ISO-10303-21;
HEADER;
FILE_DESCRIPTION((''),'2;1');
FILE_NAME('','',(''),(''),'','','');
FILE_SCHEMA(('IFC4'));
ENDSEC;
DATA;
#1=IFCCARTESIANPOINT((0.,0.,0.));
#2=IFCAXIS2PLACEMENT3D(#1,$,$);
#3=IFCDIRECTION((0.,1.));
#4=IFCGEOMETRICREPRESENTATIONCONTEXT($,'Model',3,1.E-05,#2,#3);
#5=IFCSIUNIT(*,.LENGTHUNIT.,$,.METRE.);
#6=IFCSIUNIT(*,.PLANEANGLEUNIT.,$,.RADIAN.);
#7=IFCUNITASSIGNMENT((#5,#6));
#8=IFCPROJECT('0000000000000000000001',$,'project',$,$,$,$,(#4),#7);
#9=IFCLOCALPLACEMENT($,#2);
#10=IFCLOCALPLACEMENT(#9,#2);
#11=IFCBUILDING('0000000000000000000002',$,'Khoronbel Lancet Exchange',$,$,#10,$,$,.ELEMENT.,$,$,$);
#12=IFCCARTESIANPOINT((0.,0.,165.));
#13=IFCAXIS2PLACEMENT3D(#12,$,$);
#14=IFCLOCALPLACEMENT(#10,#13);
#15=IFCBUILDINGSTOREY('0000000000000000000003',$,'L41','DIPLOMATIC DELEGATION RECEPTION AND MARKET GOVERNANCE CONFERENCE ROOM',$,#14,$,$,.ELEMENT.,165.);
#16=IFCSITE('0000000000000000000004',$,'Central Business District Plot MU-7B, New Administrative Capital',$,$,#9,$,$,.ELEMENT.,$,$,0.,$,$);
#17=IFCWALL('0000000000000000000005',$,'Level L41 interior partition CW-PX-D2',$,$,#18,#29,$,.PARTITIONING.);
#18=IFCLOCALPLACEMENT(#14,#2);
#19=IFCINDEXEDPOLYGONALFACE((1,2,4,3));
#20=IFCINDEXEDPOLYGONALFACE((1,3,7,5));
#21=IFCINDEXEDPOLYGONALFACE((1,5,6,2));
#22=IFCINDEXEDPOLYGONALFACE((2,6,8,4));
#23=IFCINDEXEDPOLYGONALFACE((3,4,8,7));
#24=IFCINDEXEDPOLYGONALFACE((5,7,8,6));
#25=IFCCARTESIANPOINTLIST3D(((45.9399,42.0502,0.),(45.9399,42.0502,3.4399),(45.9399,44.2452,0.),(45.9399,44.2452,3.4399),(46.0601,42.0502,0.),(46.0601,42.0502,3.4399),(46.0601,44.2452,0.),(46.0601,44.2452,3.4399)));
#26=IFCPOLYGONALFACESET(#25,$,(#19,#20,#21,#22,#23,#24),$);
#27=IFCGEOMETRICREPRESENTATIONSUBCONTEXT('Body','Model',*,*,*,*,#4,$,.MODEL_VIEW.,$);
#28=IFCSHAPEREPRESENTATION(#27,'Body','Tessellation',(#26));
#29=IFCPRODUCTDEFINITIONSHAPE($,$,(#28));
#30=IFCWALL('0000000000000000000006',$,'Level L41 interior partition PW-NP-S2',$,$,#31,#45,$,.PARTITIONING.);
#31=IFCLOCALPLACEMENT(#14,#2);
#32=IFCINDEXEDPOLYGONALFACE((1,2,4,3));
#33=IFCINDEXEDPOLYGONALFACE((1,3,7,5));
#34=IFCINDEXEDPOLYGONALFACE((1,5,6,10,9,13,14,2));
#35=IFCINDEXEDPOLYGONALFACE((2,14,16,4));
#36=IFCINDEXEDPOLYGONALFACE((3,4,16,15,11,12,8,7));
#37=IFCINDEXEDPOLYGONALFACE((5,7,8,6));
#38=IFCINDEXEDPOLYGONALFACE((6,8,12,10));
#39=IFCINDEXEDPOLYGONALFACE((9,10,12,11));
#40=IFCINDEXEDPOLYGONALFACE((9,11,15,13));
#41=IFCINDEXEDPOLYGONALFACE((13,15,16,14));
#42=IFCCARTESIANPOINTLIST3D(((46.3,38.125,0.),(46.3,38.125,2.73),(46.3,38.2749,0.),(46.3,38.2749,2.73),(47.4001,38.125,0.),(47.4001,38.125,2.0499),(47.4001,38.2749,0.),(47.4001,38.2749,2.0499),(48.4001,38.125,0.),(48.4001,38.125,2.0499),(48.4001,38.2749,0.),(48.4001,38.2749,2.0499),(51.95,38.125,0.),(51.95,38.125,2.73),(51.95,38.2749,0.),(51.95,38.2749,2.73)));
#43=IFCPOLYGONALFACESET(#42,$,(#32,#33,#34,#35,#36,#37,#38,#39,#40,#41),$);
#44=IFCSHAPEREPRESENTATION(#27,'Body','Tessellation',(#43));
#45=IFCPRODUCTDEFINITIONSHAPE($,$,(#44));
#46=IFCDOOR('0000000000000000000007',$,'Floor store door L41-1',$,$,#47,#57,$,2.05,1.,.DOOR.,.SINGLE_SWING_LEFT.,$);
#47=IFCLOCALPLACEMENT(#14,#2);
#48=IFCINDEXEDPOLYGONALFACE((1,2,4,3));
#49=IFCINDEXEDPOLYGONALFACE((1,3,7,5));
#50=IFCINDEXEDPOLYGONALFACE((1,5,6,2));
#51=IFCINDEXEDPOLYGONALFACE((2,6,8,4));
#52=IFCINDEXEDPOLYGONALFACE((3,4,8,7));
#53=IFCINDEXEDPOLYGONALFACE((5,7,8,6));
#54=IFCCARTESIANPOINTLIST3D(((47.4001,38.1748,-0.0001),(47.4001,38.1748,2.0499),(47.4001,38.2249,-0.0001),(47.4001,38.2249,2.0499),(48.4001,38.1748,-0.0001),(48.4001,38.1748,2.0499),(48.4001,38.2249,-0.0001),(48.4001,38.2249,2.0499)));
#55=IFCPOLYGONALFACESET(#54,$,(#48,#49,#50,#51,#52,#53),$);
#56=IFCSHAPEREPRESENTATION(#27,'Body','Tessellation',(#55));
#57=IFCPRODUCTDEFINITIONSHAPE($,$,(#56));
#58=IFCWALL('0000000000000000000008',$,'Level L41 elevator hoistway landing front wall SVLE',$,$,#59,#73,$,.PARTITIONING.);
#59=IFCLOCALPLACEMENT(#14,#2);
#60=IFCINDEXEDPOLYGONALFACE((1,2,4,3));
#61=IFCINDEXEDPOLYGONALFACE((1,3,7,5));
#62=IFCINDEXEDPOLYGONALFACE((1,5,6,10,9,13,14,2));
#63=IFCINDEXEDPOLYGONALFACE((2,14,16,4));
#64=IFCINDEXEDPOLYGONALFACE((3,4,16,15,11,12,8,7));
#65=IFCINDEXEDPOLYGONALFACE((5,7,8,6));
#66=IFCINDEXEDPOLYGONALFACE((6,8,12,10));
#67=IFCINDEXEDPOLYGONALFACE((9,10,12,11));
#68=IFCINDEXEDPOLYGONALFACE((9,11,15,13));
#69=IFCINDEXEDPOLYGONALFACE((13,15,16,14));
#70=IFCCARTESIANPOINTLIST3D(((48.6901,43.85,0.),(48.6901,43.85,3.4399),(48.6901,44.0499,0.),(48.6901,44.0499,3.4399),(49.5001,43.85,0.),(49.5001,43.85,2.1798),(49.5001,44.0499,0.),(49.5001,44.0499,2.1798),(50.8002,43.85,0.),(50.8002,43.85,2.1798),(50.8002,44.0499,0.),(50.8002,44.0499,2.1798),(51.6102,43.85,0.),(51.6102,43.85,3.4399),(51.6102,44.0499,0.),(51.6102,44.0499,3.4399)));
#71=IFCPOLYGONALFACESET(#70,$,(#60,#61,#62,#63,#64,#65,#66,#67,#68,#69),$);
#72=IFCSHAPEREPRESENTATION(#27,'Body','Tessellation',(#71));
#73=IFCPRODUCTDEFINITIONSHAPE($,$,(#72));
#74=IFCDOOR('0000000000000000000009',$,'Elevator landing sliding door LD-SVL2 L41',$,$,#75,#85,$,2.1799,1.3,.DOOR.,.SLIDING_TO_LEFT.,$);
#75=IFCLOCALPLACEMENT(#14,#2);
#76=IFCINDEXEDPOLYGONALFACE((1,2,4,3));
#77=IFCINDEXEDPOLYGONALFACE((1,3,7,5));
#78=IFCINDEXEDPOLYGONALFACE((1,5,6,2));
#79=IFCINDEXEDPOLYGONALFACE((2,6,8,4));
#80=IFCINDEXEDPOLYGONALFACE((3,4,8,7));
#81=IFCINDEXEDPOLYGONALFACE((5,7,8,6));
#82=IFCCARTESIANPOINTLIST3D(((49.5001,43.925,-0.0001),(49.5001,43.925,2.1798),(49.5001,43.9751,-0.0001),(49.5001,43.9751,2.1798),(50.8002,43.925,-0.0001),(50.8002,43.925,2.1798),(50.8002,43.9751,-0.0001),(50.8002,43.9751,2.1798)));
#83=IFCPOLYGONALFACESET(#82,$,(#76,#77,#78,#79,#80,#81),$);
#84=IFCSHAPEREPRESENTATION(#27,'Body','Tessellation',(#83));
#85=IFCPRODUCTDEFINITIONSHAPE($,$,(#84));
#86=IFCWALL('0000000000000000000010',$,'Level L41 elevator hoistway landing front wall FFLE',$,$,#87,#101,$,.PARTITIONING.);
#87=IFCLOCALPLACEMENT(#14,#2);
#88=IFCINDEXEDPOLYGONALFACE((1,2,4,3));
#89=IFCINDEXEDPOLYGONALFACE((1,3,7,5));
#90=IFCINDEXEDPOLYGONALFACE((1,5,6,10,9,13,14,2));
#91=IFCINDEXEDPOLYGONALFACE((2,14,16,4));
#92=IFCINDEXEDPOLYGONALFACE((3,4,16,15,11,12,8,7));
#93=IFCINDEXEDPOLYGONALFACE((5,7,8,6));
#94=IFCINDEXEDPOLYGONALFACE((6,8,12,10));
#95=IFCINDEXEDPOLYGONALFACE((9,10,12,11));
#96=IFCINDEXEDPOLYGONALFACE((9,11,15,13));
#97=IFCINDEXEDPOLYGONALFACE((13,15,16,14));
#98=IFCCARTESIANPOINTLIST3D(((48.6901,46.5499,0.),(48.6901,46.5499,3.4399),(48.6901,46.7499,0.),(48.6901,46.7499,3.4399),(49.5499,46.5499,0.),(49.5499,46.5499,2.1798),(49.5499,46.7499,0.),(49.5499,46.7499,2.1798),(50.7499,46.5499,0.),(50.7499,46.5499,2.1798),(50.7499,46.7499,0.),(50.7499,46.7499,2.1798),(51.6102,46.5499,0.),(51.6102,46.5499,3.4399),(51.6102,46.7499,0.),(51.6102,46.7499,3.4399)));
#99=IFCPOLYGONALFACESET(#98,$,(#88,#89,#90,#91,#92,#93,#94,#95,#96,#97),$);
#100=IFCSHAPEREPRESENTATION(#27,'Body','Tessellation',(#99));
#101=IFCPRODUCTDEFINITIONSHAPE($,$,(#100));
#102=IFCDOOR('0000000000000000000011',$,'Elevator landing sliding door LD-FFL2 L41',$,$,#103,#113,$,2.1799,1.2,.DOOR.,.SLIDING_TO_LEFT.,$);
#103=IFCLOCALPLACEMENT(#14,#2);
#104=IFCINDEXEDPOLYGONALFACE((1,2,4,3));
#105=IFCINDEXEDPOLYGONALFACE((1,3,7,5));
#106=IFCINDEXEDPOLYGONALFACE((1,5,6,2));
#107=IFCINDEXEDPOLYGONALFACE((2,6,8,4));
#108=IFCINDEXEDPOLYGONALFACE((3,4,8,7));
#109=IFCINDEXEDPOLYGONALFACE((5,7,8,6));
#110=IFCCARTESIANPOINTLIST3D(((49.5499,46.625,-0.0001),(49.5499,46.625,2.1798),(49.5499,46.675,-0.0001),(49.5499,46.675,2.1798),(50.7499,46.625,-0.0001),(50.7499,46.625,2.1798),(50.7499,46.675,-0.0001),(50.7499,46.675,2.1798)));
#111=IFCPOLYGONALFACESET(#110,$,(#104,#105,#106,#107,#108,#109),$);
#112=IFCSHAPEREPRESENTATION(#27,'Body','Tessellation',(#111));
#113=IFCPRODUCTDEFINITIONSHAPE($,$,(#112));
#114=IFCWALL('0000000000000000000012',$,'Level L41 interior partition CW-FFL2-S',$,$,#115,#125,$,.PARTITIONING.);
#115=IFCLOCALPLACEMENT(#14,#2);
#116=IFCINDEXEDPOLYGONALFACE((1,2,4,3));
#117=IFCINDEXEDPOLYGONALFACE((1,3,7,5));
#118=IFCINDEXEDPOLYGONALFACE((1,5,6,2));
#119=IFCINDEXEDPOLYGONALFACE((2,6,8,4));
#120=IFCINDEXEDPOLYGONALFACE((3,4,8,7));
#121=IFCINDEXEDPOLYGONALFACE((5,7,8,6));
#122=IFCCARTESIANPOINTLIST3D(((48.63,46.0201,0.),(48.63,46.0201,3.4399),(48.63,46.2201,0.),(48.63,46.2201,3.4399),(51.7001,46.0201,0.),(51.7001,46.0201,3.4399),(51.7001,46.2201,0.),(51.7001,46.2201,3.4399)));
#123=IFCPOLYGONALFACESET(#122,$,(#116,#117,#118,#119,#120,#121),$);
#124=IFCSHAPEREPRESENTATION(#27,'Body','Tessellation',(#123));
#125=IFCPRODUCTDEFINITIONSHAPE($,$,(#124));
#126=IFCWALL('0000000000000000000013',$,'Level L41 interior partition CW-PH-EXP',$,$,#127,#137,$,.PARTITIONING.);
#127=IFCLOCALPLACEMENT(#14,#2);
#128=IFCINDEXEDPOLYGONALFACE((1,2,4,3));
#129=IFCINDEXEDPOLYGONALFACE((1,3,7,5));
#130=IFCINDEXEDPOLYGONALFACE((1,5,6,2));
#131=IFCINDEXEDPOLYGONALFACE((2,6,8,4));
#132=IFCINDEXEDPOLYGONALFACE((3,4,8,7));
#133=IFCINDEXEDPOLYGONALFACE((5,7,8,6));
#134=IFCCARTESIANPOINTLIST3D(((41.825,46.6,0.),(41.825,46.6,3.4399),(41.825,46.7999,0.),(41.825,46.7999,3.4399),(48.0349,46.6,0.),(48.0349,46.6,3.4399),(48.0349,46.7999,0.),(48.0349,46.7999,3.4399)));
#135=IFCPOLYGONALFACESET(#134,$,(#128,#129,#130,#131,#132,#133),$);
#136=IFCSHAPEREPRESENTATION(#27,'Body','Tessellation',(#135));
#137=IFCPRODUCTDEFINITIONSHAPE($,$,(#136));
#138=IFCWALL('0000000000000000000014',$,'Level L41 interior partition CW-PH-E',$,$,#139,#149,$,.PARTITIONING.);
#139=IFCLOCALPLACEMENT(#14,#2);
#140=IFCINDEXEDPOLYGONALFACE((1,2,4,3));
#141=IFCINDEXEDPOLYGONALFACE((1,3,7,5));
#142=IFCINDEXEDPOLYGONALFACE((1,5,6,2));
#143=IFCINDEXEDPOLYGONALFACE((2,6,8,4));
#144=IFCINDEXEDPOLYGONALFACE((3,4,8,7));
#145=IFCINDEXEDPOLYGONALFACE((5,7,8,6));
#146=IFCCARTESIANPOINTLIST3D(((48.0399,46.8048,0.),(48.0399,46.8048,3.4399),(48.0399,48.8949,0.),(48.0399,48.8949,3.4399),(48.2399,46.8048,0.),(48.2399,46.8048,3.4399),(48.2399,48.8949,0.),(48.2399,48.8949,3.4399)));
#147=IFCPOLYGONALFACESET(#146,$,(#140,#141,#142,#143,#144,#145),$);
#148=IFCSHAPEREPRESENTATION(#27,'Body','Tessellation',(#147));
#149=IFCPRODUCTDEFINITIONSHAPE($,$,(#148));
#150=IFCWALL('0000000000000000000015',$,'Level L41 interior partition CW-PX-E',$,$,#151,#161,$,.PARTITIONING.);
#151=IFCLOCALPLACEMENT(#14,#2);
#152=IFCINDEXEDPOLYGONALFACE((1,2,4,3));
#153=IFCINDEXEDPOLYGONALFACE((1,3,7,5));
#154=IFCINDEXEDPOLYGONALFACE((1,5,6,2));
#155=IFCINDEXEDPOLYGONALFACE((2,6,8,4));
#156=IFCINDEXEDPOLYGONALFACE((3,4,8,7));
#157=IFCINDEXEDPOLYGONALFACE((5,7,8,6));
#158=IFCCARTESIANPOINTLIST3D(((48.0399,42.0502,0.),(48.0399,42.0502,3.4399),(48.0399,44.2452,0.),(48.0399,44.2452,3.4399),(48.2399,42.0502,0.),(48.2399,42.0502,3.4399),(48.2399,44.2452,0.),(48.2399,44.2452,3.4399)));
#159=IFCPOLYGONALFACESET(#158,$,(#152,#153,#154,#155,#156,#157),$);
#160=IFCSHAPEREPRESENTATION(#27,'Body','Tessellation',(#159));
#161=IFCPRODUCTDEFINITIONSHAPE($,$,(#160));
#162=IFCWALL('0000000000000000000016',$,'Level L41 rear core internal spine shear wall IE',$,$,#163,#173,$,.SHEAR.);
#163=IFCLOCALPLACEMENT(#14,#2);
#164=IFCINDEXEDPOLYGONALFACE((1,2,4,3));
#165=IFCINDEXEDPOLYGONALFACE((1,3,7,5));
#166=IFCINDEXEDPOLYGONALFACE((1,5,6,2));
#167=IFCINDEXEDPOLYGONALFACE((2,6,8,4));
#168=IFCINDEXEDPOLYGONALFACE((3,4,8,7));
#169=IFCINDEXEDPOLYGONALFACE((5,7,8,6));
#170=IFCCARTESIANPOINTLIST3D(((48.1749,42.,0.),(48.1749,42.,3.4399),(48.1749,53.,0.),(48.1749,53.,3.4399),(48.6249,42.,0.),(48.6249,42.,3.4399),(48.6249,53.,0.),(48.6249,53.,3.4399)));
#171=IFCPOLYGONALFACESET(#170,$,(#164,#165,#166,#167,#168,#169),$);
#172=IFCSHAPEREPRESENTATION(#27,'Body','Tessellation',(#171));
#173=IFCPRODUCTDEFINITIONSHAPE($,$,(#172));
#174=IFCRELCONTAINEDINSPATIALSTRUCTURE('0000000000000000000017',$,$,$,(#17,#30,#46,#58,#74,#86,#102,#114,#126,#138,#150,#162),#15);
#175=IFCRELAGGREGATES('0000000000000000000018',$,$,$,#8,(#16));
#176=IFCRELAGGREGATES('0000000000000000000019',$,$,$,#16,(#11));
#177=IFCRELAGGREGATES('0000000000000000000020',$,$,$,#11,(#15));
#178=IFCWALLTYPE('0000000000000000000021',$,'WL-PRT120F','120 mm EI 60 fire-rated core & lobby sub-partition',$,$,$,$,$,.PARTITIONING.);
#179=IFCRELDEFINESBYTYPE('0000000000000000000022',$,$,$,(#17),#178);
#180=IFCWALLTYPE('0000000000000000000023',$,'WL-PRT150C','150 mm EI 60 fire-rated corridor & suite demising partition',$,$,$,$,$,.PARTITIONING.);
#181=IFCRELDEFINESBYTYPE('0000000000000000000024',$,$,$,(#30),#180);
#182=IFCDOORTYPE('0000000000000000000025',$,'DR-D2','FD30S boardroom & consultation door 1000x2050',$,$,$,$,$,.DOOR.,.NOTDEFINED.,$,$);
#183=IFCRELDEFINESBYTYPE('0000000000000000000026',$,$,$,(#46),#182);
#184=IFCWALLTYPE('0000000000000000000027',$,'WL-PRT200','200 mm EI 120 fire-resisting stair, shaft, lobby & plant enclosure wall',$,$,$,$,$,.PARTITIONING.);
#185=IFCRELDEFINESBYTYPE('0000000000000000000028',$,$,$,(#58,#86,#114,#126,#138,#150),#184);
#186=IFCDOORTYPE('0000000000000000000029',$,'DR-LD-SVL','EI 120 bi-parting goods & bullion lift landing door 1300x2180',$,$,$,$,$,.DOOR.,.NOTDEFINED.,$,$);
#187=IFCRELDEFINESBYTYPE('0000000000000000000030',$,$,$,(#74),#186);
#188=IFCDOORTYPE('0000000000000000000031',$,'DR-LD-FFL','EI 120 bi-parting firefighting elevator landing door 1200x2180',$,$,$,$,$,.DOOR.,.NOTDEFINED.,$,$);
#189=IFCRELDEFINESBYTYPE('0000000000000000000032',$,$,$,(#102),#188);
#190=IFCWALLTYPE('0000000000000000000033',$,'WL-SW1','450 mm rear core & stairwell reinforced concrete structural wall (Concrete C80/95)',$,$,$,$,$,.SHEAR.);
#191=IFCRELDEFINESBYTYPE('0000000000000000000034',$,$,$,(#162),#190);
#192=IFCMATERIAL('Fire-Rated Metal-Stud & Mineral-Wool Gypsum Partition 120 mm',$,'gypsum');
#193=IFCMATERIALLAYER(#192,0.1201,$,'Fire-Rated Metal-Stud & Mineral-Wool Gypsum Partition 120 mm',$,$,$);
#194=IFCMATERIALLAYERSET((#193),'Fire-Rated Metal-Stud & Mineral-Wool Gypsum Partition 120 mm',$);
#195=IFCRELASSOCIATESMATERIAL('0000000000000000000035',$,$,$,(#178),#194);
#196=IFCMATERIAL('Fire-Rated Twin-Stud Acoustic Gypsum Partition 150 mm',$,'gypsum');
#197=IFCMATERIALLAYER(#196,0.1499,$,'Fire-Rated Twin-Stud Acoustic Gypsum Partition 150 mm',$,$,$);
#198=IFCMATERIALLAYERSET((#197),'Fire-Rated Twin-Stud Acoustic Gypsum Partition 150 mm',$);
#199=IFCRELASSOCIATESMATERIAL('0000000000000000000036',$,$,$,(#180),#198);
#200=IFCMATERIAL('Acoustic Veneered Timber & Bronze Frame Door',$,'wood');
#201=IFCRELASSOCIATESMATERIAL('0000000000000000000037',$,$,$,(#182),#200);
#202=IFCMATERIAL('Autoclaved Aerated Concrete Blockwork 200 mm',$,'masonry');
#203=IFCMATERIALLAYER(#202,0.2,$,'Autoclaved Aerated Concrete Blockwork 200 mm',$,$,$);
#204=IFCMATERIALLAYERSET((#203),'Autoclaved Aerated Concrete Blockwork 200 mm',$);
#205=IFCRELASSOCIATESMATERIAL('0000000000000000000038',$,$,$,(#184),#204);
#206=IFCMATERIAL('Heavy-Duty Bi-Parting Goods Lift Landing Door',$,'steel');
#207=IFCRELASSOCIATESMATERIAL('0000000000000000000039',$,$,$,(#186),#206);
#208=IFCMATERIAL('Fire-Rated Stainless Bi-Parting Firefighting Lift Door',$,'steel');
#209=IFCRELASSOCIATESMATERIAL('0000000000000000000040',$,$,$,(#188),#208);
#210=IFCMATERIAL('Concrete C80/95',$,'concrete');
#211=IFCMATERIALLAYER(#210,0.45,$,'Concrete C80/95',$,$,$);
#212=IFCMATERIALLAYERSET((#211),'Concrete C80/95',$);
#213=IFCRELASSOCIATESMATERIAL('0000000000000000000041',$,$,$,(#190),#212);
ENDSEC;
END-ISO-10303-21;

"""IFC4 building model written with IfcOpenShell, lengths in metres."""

from ifc_helpers import new_model, si_unit, direction, frame, frame_2d, origin, place, context, subcontext, project, spatial, rectangle, extrude, material, layer, layer_set, type_object, element, fill, save


model = new_model("IFC4")

# Units and contexts
model_context = context("Model", 3, precision=1e-05, world=origin(), true_north=direction((0.0, 1.0)))
body_context = subcontext(model_context, "Body", "Model", "MODEL_VIEW")
ifc_project = project(units=[si_unit("LENGTHUNIT", "METRE"), si_unit("PLANEANGLEUNIT", "RADIAN")], contexts=[model_context])

# Site, building, storey
site_placement = place(None, origin())
site = spatial("IfcSite", under=ifc_project, at=site_placement, Name="Central Business District Plot MU-7B, New Administrative Capital", CompositionType="ELEMENT", RefElevation=0.0)
building_placement = place(site_placement, origin())
building = spatial("IfcBuilding", under=site, at=building_placement, Name="Khoronbel Lancet Exchange", CompositionType="ELEMENT")
storey_placement = place(building_placement, frame((0.0, 0.0, 165.0)))
storey = spatial("IfcBuildingStorey", under=building, at=storey_placement, Name="L41", Description="DIPLOMATIC DELEGATION RECEPTION AND MARKET GOVERNANCE CONFERENCE ROOM", CompositionType="ELEMENT", Elevation=165.0)

# Wall
ifc_material_1 = material(Name="Fire-Rated Metal-Stud & Mineral-Wool Gypsum Partition 120 mm", Category="gypsum")
ifc_layer_1 = layer(ifc_material_1, 0.1201, Name="Fire-Rated Metal-Stud & Mineral-Wool Gypsum Partition 120 mm")
ifc_layer_set_1 = layer_set([ifc_layer_1], Name="Fire-Rated Metal-Stud & Mineral-Wool Gypsum Partition 120 mm")
wall_type_1 = type_object("IfcWallType", Name="WL-PRT120F", Description="120 mm EI 60 fire-rated core & lobby sub-partition", PredefinedType="PARTITIONING", material=ifc_layer_set_1)
for number, where, z_axis, x_axis, name in (
    (1, (46.0, 42.05, 0.0), (0.0, 0.0, 1.0), (0.0, 1.0, 0.0), "Level L41 interior partition CW-PX-D2"),
):
    element("IfcWall", number, at=place(storey_placement, frame(where, z_axis=z_axis, x_axis=x_axis)), inside=storey, type_object=wall_type_1, Name=name, PredefinedType="PARTITIONING", context=body_context, shape_type="SweptSolid", body=[
        extrude(rectangle(XDim=2.1951, YDim=0.1201, at=frame_2d((1.0977, 0.0))), origin(), (0.0, 0.0, 1.0), 3.4399),
    ])

# Walls, openings, doors
ifc_material_2 = material(Name="Fire-Rated Twin-Stud Acoustic Gypsum Partition 150 mm", Category="gypsum")
ifc_layer_2 = layer(ifc_material_2, 0.1499, Name="Fire-Rated Twin-Stud Acoustic Gypsum Partition 150 mm")
ifc_layer_set_2 = layer_set([ifc_layer_2], Name="Fire-Rated Twin-Stud Acoustic Gypsum Partition 150 mm")
wall_type_2 = type_object("IfcWallType", Name="WL-PRT150C", Description="150 mm EI 60 fire-rated corridor & suite demising partition", PredefinedType="PARTITIONING", material=ifc_layer_set_2)
wall_1_placement = place(storey_placement, frame((46.3, 38.2, 0.0), z_axis=(0.0, 0.0, 1.0), x_axis=(1.0, 0.0, 0.0)))
wall_1 = element("IfcWall", 2, at=wall_1_placement, inside=storey, type_object=wall_type_2, Name="Level L41 interior partition PW-NP-S2", PredefinedType="PARTITIONING", context=body_context, shape_type="SweptSolid", body=[
    extrude(rectangle(XDim=5.6499, YDim=0.1499, at=frame_2d((2.825, 0.0))), origin(), (0.0, 0.0, 1.0), 2.73),
])
opening_1_placement = place(wall_1_placement, frame((1.1001, 0.0, 0.0)))
opening_1 = element("IfcOpeningElement", 3, at=opening_1_placement, cuts=wall_1, PredefinedType="OPENING", context=body_context, shape_type="SweptSolid", body=[
    extrude(rectangle(XDim=1.0, YDim=2.05, at=frame_2d((0.5, 1.0249))), frame((0.0, 0.085, 0.0), z_axis=(0.0, -1.0, 0.0), x_axis=(1.0, 0.0, 0.0)), (0.0, 0.0, 1.0), 0.1699),
])
ifc_material_3 = material(Name="Acoustic Veneered Timber & Bronze Frame Door", Category="wood")
door_type_1 = type_object("IfcDoorType", Name="DR-D2", Description="FD30S boardroom & consultation door 1000x2050", OperationType="NOTDEFINED", PredefinedType="DOOR", material=ifc_material_3)
door_1_placement = place(opening_1_placement, origin())
door_1 = element("IfcDoor", 4, at=door_1_placement, inside=storey, type_object=door_type_1, Name="Floor store door L41-1", OperationType="SINGLE_SWING_LEFT", OverallHeight=2.05, OverallWidth=1.0, PredefinedType="DOOR", context=body_context, shape_type="SweptSolid", body=[
    extrude(rectangle(XDim=1.0, YDim=2.05, at=frame_2d((0.5, 1.0249))), frame((0.0, 0.0249, 0.0), z_axis=(0.0, -1.0, 0.0), x_axis=(1.0, 0.0, 0.0)), (0.0, 0.0, 1.0), 0.05),
])
fill(opening_1, door_1)
ifc_material_4 = material(Name="Autoclaved Aerated Concrete Blockwork 200 mm", Category="masonry")
ifc_layer_3 = layer(ifc_material_4, 0.2, Name="Autoclaved Aerated Concrete Blockwork 200 mm")
ifc_layer_set_3 = layer_set([ifc_layer_3], Name="Autoclaved Aerated Concrete Blockwork 200 mm")
wall_type_3 = type_object("IfcWallType", Name="WL-PRT200", Description="200 mm EI 120 fire-resisting stair, shaft, lobby & plant enclosure wall", PredefinedType="PARTITIONING", material=ifc_layer_set_3)
wall_2_placement = place(storey_placement, frame((51.6101, 43.95, 0.0), z_axis=(0.0, 0.0, 1.0), x_axis=(-1.0, 0.0, 0.0)))
wall_2 = element("IfcWall", 5, at=wall_2_placement, inside=storey, type_object=wall_type_3, Name="Level L41 elevator hoistway landing front wall SVLE", PredefinedType="PARTITIONING", context=body_context, shape_type="SweptSolid", body=[
    extrude(rectangle(XDim=2.9202, YDim=0.2, at=frame_2d((1.46, 0.0))), origin(), (0.0, 0.0, 1.0), 3.4399),
])
opening_2_placement = place(wall_2_placement, frame((0.8101, 0.0, 0.0)))
opening_2 = element("IfcOpeningElement", 6, at=opening_2_placement, cuts=wall_2, PredefinedType="OPENING", context=body_context, shape_type="SweptSolid", body=[
    extrude(rectangle(XDim=1.3, YDim=2.1799, at=frame_2d((0.6499, 1.0898))), frame((0.0, 0.1099, 0.0), z_axis=(0.0, -1.0, 0.0), x_axis=(1.0, 0.0, 0.0)), (0.0, 0.0, 1.0), 0.22),
])
ifc_material_5 = material(Name="Heavy-Duty Bi-Parting Goods Lift Landing Door", Category="steel")
door_type_2 = type_object("IfcDoorType", Name="DR-LD-SVL", Description="EI 120 bi-parting goods & bullion lift landing door 1300x2180", OperationType="NOTDEFINED", PredefinedType="DOOR", material=ifc_material_5)
door_2_placement = place(opening_2_placement, origin())
door_2 = element("IfcDoor", 7, at=door_2_placement, inside=storey, type_object=door_type_2, Name="Elevator landing sliding door LD-SVL2 L41", OperationType="SLIDING_TO_LEFT", OverallHeight=2.1799, OverallWidth=1.3, PredefinedType="DOOR", context=body_context, shape_type="SweptSolid", body=[
    extrude(rectangle(XDim=1.3, YDim=2.1799, at=frame_2d((0.6499, 1.0898))), frame((0.0, 0.0249, 0.0), z_axis=(0.0, -1.0, 0.0), x_axis=(1.0, 0.0, 0.0)), (0.0, 0.0, 1.0), 0.05),
])
fill(opening_2, door_2)
wall_3_placement = place(storey_placement, frame((51.6101, 46.6499, 0.0), z_axis=(0.0, 0.0, 1.0), x_axis=(-1.0, 0.0, 0.0)))
wall_3 = element("IfcWall", 8, at=wall_3_placement, inside=storey, type_object=wall_type_3, Name="Level L41 elevator hoistway landing front wall FFLE", PredefinedType="PARTITIONING", context=body_context, shape_type="SweptSolid", body=[
    extrude(rectangle(XDim=2.9202, YDim=0.2, at=frame_2d((1.46, 0.0))), origin(), (0.0, 0.0, 1.0), 3.4399),
])
opening_3_placement = place(wall_3_placement, frame((0.8601, 0.0, 0.0)))
opening_3 = element("IfcOpeningElement", 9, at=opening_3_placement, cuts=wall_3, PredefinedType="OPENING", context=body_context, shape_type="SweptSolid", body=[
    extrude(rectangle(XDim=1.2, YDim=2.1799, at=frame_2d((0.6001, 1.0898))), frame((0.0, 0.1099, 0.0), z_axis=(0.0, -1.0, 0.0), x_axis=(1.0, 0.0, 0.0)), (0.0, 0.0, 1.0), 0.22),
])
ifc_material_6 = material(Name="Fire-Rated Stainless Bi-Parting Firefighting Lift Door", Category="steel")
door_type_3 = type_object("IfcDoorType", Name="DR-LD-FFL", Description="EI 120 bi-parting firefighting elevator landing door 1200x2180", OperationType="NOTDEFINED", PredefinedType="DOOR", material=ifc_material_6)
door_3_placement = place(opening_3_placement, origin())
door_3 = element("IfcDoor", 10, at=door_3_placement, inside=storey, type_object=door_type_3, Name="Elevator landing sliding door LD-FFL2 L41", OperationType="SLIDING_TO_LEFT", OverallHeight=2.1799, OverallWidth=1.2, PredefinedType="DOOR", context=body_context, shape_type="SweptSolid", body=[
    extrude(rectangle(XDim=1.2, YDim=2.1799, at=frame_2d((0.6001, 1.0898))), frame((0.0, 0.0249, 0.0), z_axis=(0.0, -1.0, 0.0), x_axis=(1.0, 0.0, 0.0)), (0.0, 0.0, 1.0), 0.05),
])
fill(opening_3, door_3)

# Walls
wall_4_placement = place(storey_placement, frame((48.6299, 46.1201, 0.0), z_axis=(0.0, 0.0, 1.0), x_axis=(1.0, 0.0, 0.0)))
element("IfcWall", 11, at=wall_4_placement, inside=storey, type_object=wall_type_3, Name="Level L41 interior partition CW-FFL2-S", PredefinedType="PARTITIONING", context=body_context, shape_type="SweptSolid", body=[
    extrude(rectangle(XDim=3.0701, YDim=0.2, at=frame_2d((1.5352, 0.0))), origin(), (0.0, 0.0, 1.0), 3.4399),
])
wall_5_placement = place(storey_placement, frame((41.825, 46.7, 0.0), z_axis=(0.0, 0.0, 1.0), x_axis=(1.0, 0.0, 0.0)))
element("IfcWall", 12, at=wall_5_placement, inside=storey, type_object=wall_type_3, Name="Level L41 interior partition CW-PH-EXP", PredefinedType="PARTITIONING", context=body_context, shape_type="SweptSolid", body=[
    extrude(rectangle(XDim=6.21, YDim=0.2, at=frame_2d((3.105, 0.0))), origin(), (0.0, 0.0, 1.0), 3.4399),
])
wall_6_placement = place(storey_placement, frame((48.1399, 46.8049, 0.0), z_axis=(0.0, 0.0, 1.0), x_axis=(0.0, 1.0, 0.0)))
element("IfcWall", 13, at=wall_6_placement, inside=storey, type_object=wall_type_3, Name="Level L41 interior partition CW-PH-E", PredefinedType="PARTITIONING", context=body_context, shape_type="SweptSolid", body=[
    extrude(rectangle(XDim=2.0901, YDim=0.2, at=frame_2d((1.0449, 0.0))), origin(), (0.0, 0.0, 1.0), 3.4399),
])
wall_7_placement = place(storey_placement, frame((48.1399, 42.05, 0.0), z_axis=(0.0, 0.0, 1.0), x_axis=(0.0, 1.0, 0.0)))
element("IfcWall", 14, at=wall_7_placement, inside=storey, type_object=wall_type_3, Name="Level L41 interior partition CW-PX-E", PredefinedType="PARTITIONING", context=body_context, shape_type="SweptSolid", body=[
    extrude(rectangle(XDim=2.1951, YDim=0.2, at=frame_2d((1.0977, 0.0))), origin(), (0.0, 0.0, 1.0), 3.4399),
])
ifc_material_7 = material(Name="Concrete C80/95", Category="concrete")
ifc_layer_4 = layer(ifc_material_7, 0.45, Name="Concrete C80/95")
ifc_layer_set_4 = layer_set([ifc_layer_4], Name="Concrete C80/95")
wall_type_4 = type_object("IfcWallType", Name="WL-SW1", Description="450 mm rear core & stairwell reinforced concrete structural wall (Concrete C80/95)", PredefinedType="SHEAR", material=ifc_layer_set_4)
wall_8_placement = place(storey_placement, frame((48.3999, 42.0, 0.0), z_axis=(0.0, 0.0, 1.0), x_axis=(0.0, 1.0, 0.0)))
element("IfcWall", 15, at=wall_8_placement, inside=storey, type_object=wall_type_4, Name="Level L41 rear core internal spine shear wall IE", PredefinedType="SHEAR", context=body_context, shape_type="SweptSolid", body=[
    extrude(rectangle(XDim=11.0, YDim=0.45, at=frame_2d((5.5, 0.0))), origin(), (0.0, 0.0, 1.0), 3.4399),
])

save(model, "model.ifc")
